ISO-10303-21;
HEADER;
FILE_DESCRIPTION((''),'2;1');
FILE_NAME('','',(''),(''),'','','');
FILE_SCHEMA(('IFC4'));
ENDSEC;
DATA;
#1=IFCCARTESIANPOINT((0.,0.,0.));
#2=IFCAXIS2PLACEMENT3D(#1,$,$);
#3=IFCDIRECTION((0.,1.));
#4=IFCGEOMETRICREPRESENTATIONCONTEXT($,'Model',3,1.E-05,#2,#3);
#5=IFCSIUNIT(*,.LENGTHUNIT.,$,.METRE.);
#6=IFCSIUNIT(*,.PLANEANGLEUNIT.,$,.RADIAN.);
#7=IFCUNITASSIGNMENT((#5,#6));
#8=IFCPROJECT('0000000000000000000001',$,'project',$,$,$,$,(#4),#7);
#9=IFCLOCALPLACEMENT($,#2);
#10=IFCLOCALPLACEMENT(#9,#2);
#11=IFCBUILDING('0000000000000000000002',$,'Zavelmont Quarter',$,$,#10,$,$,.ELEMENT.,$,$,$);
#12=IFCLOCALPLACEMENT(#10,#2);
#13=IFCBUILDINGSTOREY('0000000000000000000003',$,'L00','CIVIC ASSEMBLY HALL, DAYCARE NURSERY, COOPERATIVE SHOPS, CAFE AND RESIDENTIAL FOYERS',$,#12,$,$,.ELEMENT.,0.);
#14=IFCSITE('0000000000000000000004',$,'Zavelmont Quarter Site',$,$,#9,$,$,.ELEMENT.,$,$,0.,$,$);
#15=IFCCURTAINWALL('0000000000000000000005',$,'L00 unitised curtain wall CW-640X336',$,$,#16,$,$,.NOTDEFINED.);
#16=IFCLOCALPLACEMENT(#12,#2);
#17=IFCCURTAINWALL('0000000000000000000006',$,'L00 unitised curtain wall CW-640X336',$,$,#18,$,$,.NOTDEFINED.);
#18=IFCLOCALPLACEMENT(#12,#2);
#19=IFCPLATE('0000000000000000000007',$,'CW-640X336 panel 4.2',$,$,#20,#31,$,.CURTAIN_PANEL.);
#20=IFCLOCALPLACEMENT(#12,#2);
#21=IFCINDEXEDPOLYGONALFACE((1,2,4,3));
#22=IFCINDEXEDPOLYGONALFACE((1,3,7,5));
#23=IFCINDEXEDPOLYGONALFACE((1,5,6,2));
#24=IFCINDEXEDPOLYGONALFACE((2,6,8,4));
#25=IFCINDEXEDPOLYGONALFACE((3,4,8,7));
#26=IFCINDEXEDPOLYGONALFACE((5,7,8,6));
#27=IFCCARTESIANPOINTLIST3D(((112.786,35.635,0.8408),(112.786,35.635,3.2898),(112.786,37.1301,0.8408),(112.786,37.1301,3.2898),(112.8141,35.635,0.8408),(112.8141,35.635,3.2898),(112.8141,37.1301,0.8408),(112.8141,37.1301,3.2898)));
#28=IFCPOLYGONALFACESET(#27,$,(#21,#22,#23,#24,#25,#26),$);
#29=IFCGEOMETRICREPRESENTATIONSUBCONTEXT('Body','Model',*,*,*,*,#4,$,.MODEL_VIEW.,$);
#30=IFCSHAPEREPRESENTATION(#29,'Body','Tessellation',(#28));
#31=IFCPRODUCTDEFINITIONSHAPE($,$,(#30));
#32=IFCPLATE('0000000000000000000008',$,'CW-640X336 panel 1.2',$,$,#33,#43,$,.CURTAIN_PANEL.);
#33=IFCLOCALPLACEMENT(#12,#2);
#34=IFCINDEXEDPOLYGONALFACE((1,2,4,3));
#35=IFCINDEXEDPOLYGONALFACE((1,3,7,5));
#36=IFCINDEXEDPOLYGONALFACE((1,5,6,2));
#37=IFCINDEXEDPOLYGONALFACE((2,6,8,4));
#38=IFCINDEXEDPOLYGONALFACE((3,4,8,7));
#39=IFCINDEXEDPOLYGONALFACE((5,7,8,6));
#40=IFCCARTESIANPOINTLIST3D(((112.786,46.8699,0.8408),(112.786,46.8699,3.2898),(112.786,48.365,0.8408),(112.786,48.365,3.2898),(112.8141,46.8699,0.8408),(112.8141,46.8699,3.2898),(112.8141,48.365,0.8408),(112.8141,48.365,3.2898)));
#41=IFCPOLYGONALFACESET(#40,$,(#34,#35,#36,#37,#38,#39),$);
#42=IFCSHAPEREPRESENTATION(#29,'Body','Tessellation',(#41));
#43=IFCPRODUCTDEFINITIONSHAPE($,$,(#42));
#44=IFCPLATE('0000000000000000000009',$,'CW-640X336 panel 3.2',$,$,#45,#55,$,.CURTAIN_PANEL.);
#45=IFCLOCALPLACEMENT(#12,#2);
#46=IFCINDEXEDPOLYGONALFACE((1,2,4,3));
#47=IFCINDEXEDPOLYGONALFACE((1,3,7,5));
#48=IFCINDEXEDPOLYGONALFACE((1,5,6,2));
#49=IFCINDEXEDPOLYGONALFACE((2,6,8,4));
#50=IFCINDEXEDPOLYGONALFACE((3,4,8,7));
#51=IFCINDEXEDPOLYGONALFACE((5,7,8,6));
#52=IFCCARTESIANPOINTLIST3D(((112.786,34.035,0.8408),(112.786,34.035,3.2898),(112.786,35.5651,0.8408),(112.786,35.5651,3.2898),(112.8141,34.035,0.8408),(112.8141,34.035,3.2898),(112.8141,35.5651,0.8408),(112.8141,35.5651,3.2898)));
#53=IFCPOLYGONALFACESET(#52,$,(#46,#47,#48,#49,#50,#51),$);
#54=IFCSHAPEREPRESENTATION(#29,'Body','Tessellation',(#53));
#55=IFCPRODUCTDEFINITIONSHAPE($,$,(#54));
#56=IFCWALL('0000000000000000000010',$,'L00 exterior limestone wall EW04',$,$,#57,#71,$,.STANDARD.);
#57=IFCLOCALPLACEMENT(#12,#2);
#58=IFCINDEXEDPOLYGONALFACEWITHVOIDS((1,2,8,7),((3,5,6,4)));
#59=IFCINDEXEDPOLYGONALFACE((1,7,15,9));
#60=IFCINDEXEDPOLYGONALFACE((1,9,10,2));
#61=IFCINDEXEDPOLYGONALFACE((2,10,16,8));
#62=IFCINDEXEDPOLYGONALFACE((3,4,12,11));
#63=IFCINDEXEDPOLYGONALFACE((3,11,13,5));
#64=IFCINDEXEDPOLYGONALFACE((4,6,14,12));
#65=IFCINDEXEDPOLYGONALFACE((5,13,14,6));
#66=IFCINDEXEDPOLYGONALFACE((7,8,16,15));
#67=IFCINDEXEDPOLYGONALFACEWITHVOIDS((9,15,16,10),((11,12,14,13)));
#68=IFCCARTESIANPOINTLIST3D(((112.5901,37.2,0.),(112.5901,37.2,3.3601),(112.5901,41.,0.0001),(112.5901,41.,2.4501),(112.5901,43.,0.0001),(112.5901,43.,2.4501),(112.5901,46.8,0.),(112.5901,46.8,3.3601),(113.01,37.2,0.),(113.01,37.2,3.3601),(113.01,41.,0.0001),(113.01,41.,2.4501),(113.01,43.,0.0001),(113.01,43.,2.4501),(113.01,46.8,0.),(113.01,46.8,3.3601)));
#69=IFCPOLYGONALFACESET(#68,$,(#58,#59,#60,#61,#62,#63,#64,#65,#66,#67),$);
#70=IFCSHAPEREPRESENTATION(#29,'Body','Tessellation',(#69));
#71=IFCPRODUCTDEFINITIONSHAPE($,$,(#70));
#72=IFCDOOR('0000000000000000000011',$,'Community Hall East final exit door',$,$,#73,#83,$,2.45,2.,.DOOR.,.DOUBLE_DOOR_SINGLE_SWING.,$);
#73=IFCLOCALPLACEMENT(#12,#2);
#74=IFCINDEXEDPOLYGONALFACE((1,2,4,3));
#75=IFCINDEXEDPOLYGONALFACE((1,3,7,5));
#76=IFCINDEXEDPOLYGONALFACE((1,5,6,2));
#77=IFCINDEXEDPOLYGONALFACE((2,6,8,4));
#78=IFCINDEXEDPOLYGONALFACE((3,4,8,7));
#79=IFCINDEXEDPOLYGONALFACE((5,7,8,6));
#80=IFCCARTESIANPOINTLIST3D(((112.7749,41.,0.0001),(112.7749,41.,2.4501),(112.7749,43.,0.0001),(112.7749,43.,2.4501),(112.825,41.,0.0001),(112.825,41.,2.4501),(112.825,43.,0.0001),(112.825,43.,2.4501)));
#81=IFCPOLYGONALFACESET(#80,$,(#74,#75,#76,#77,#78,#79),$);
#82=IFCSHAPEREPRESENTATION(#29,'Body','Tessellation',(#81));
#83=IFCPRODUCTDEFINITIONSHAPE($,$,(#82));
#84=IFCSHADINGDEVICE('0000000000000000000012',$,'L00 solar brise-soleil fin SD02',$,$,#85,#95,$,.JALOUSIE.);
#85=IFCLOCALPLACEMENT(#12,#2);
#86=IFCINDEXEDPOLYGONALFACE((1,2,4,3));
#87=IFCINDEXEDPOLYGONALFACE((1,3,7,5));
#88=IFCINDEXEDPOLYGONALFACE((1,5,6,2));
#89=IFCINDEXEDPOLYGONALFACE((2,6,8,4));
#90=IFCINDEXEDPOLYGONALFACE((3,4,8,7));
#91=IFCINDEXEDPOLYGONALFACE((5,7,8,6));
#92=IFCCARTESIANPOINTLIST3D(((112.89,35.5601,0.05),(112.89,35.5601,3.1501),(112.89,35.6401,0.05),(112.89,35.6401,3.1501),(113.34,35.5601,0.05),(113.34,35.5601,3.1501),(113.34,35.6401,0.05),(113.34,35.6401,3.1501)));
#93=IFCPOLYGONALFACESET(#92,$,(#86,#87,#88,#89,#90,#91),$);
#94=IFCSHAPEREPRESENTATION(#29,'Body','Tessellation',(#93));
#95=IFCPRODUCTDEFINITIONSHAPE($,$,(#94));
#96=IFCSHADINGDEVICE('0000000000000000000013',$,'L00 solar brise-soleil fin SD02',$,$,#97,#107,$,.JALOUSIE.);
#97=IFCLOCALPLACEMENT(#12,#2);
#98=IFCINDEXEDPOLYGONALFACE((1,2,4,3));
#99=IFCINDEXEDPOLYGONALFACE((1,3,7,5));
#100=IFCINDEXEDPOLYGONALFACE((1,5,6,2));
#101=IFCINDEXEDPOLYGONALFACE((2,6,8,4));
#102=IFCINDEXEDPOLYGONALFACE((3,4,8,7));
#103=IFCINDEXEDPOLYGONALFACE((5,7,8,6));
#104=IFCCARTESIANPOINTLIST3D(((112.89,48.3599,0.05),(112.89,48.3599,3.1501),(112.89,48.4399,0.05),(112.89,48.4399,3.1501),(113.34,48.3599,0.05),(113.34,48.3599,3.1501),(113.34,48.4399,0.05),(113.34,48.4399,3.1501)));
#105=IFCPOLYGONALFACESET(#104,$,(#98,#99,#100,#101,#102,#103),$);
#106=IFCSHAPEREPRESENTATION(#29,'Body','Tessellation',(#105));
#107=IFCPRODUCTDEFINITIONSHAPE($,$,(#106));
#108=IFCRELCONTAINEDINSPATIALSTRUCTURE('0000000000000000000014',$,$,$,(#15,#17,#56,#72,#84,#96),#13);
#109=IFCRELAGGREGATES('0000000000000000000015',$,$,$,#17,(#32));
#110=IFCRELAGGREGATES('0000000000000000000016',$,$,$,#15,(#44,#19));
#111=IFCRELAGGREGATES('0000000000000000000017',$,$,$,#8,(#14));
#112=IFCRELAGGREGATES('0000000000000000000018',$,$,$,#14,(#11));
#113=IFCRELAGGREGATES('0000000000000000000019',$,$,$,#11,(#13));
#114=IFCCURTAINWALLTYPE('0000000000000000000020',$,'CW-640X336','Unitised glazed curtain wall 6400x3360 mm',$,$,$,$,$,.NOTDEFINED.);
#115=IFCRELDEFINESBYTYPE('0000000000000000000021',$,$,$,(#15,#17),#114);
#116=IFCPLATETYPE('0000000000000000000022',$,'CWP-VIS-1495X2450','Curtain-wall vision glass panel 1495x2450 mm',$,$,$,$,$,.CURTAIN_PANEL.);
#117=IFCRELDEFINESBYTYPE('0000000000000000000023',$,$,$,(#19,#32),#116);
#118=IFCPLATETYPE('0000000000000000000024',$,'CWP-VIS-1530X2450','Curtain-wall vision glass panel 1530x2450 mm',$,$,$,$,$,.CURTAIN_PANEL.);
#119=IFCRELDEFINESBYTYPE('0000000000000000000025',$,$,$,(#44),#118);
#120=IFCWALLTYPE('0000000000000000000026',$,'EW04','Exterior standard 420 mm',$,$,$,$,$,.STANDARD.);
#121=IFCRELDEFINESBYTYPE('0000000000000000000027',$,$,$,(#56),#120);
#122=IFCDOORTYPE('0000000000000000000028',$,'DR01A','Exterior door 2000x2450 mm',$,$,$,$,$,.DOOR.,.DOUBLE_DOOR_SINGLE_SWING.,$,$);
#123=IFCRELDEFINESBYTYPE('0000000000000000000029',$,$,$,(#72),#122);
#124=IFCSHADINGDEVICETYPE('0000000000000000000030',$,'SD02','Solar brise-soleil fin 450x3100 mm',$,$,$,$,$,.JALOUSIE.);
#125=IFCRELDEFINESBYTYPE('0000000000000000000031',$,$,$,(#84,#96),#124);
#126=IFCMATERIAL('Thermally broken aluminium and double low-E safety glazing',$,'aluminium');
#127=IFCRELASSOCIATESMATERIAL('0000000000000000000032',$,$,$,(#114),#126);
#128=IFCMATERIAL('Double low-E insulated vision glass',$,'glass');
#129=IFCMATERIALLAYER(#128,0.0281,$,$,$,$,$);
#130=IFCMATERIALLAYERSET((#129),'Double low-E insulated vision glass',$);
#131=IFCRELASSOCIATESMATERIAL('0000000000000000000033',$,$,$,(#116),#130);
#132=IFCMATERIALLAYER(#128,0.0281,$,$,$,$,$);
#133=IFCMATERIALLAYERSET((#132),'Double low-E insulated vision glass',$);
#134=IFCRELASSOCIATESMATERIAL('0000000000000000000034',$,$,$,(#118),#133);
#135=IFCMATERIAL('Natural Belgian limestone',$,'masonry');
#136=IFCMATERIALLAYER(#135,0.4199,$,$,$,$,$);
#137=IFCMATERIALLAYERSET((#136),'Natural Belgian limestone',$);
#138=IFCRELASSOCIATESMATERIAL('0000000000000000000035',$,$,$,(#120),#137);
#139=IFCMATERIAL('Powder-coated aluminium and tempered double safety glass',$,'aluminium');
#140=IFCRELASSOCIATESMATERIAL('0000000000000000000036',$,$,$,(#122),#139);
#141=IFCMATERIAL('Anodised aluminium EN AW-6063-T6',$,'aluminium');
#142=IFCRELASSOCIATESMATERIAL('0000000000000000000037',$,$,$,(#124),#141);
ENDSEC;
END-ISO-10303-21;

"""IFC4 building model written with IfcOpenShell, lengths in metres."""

from ifc_helpers import new_model, si_unit, direction, frame, frame_2d, origin, origin_2d, place, context, subcontext, project, spatial, rectangle, extrude, material, layer, layer_set, type_object, element, fill, aggregate, save


model = new_model("IFC4")

# Units and contexts
model_context = context("Model", 3, precision=1e-05, world=origin(), true_north=direction((0.0, 1.0)))
body_context = subcontext(model_context, "Body", "Model", "MODEL_VIEW")
ifc_project = project(units=[si_unit("LENGTHUNIT", "METRE"), si_unit("PLANEANGLEUNIT", "RADIAN")], contexts=[model_context])

# Site, building, storey
site_placement = place(None, origin())
site = spatial("IfcSite", under=ifc_project, at=site_placement, Name="Zavelmont Quarter Site", CompositionType="ELEMENT", RefElevation=0.0)
building_placement = place(site_placement, origin())
building = spatial("IfcBuilding", under=site, at=building_placement, Name="Zavelmont Quarter", CompositionType="ELEMENT")
storey_placement = place(building_placement, origin())
storey = spatial("IfcBuildingStorey", under=building, at=storey_placement, Name="L00", Description="CIVIC ASSEMBLY HALL, DAYCARE NURSERY, COOPERATIVE SHOPS, CAFE AND RESIDENTIAL FOYERS", CompositionType="ELEMENT", Elevation=0.0)

# Curtain walls
ifc_material_1 = material(Name="Thermally broken aluminium and double low-E safety glazing", Category="aluminium")
curtain_wall_type = type_object("IfcCurtainWallType", Name="CW-640X336", Description="Unitised glazed curtain wall 6400x3360 mm", PredefinedType="NOTDEFINED", material=ifc_material_1)
curtain_wall_1_placement = place(storey_placement, origin())
curtain_wall_1 = element("IfcCurtainWall", 1, at=curtain_wall_1_placement, inside=storey, type_object=curtain_wall_type, Name="L00 unitised curtain wall CW-640X336", PredefinedType="NOTDEFINED")
curtain_wall_2_placement = place(storey_placement, origin())
curtain_wall_2 = element("IfcCurtainWall", 2, at=curtain_wall_2_placement, inside=storey, type_object=curtain_wall_type, Name="L00 unitised curtain wall CW-640X336", PredefinedType="NOTDEFINED")

# Plates
ifc_material_2 = material(Name="Double low-E insulated vision glass", Category="glass")
ifc_layer_1 = layer(ifc_material_2, 0.0281)
ifc_layer_set_1 = layer_set([ifc_layer_1], Name="Double low-E insulated vision glass")
plate_type_1 = type_object("IfcPlateType", Name="CWP-VIS-1495X2450", Description="Curtain-wall vision glass panel 1495x2450 mm", PredefinedType="CURTAIN_PANEL", material=ifc_layer_set_1)
plate_1_placement = place(storey_placement, frame((112.8, 36.3826, 0.8408), z_axis=(0.0, 0.0, 1.0), x_axis=(0.0, 1.0, 0.0)))
plate_1 = element("IfcPlate", 3, at=plate_1_placement, type_object=plate_type_1, Name="CW-640X336 panel 4.2", PredefinedType="CURTAIN_PANEL", context=body_context, shape_type="SweptSolid", body=[
    extrude(rectangle(XDim=1.4951, YDim=0.0281, at=origin_2d()), origin(), (0.0, 0.0, 1.0), 2.449),
])
plate_2_placement = place(storey_placement, frame((112.8, 47.6174, 0.8408), z_axis=(0.0, 0.0, 1.0), x_axis=(0.0, 1.0, 0.0)))
plate_2 = element("IfcPlate", 4, at=plate_2_placement, type_object=plate_type_1, Name="CW-640X336 panel 1.2", PredefinedType="CURTAIN_PANEL", context=body_context, shape_type="SweptSolid", body=[
    extrude(rectangle(XDim=1.4951, YDim=0.0281, at=origin_2d()), origin(), (0.0, 0.0, 1.0), 2.449),
])
aggregate(curtain_wall_2, [plate_2])
ifc_layer_2 = layer(ifc_material_2, 0.0281)
ifc_layer_set_2 = layer_set([ifc_layer_2], Name="Double low-E insulated vision glass")
plate_type_2 = type_object("IfcPlateType", Name="CWP-VIS-1530X2450", Description="Curtain-wall vision glass panel 1530x2450 mm", PredefinedType="CURTAIN_PANEL", material=ifc_layer_set_2)
plate_3_placement = place(storey_placement, frame((112.8, 34.8, 0.8408), z_axis=(0.0, 0.0, 1.0), x_axis=(0.0, 1.0, 0.0)))
plate_3 = element("IfcPlate", 5, at=plate_3_placement, type_object=plate_type_2, Name="CW-640X336 panel 3.2", PredefinedType="CURTAIN_PANEL", context=body_context, shape_type="SweptSolid", body=[
    extrude(rectangle(XDim=1.53, YDim=0.0281, at=origin_2d()), origin(), (0.0, 0.0, 1.0), 2.449),
])
aggregate(curtain_wall_1, [plate_3, plate_1])

# Wall, opening, door
ifc_material_3 = material(Name="Natural Belgian limestone", Category="masonry")
ifc_layer_3 = layer(ifc_material_3, 0.4199)
ifc_layer_set_3 = layer_set([ifc_layer_3], Name="Natural Belgian limestone")
wall_type = type_object("IfcWallType", Name="EW04", Description="Exterior standard 420 mm", PredefinedType="STANDARD", material=ifc_layer_set_3)
wall_placement = place(storey_placement, frame((112.8, 37.2, 0.0), z_axis=(0.0, 0.0, 1.0), x_axis=(0.0, 1.0, 0.0)))
wall = element("IfcWall", 6, at=wall_placement, inside=storey, type_object=wall_type, Name="L00 exterior limestone wall EW04", PredefinedType="STANDARD", context=body_context, shape_type="SweptSolid", body=[
    extrude(rectangle(XDim=9.6001, YDim=0.4199, at=frame_2d((4.8, 0.0))), origin(), (0.0, 0.0, 1.0), 3.3601),
])
opening_placement = place(wall_placement, frame((3.8, 0.0, 0.0)))
opening = element("IfcOpeningElement", 7, at=opening_placement, cuts=wall, PredefinedType="OPENING", context=body_context, shape_type="SweptSolid", body=[
    extrude(rectangle(XDim=2.0, YDim=2.45, at=frame_2d((1.0, 1.2251))), frame((0.0, 0.2219, 0.0), z_axis=(0.0, -1.0, 0.0), x_axis=(1.0, 0.0, 0.0)), (0.0, 0.0, 1.0), 0.4438),
])
ifc_material_4 = material(Name="Powder-coated aluminium and tempered double safety glass", Category="aluminium")
door_type = type_object("IfcDoorType", Name="DR01A", Description="Exterior door 2000x2450 mm", OperationType="DOUBLE_DOOR_SINGLE_SWING", PredefinedType="DOOR", material=ifc_material_4)
door_placement = place(opening_placement, frame((2.0, 0.0, 0.0), z_axis=(0.0, 0.0, 1.0), x_axis=(-1.0, 0.0, 0.0)))
door = element("IfcDoor", 8, at=door_placement, inside=storey, type_object=door_type, Name="Community Hall East final exit door", OperationType="DOUBLE_DOOR_SINGLE_SWING", OverallHeight=2.45, OverallWidth=2.0, PredefinedType="DOOR", context=body_context, shape_type="SweptSolid", body=[
    extrude(rectangle(XDim=2.0, YDim=2.45, at=frame_2d((1.0, 1.2251))), frame((0.0, 0.0249, 0.0), z_axis=(0.0, -1.0, 0.0), x_axis=(1.0, 0.0, 0.0)), (0.0, 0.0, 1.0), 0.05),
])
fill(opening, door)

# Shading devices
ifc_material_5 = material(Name="Anodised aluminium EN AW-6063-T6", Category="aluminium")
shading_device_type = type_object("IfcShadingDeviceType", Name="SD02", Description="Solar brise-soleil fin 450x3100 mm", PredefinedType="JALOUSIE", material=ifc_material_5)
for number, where, z_axis, x_axis, name in (
    (9, (113.115, 35.6001, 0.05), (0.0, 0.0, 1.0), (0.0, 1.0, 0.0), "L00 solar brise-soleil fin SD02"),
    (10, (113.115, 48.3999, 0.05), (0.0, 0.0, 1.0), (0.0, 1.0, 0.0), "L00 solar brise-soleil fin SD02"),
):
    element("IfcShadingDevice", number, at=place(storey_placement, frame(where, z_axis=z_axis, x_axis=x_axis)), inside=storey, type_object=shading_device_type, Name=name, PredefinedType="JALOUSIE", context=body_context, shape_type="SweptSolid", body=[
        extrude(rectangle(XDim=0.0801, YDim=0.45, at=origin_2d()), origin(), (0.0, 0.0, 1.0), 3.1001),
    ])

save(model, "model.ifc")
